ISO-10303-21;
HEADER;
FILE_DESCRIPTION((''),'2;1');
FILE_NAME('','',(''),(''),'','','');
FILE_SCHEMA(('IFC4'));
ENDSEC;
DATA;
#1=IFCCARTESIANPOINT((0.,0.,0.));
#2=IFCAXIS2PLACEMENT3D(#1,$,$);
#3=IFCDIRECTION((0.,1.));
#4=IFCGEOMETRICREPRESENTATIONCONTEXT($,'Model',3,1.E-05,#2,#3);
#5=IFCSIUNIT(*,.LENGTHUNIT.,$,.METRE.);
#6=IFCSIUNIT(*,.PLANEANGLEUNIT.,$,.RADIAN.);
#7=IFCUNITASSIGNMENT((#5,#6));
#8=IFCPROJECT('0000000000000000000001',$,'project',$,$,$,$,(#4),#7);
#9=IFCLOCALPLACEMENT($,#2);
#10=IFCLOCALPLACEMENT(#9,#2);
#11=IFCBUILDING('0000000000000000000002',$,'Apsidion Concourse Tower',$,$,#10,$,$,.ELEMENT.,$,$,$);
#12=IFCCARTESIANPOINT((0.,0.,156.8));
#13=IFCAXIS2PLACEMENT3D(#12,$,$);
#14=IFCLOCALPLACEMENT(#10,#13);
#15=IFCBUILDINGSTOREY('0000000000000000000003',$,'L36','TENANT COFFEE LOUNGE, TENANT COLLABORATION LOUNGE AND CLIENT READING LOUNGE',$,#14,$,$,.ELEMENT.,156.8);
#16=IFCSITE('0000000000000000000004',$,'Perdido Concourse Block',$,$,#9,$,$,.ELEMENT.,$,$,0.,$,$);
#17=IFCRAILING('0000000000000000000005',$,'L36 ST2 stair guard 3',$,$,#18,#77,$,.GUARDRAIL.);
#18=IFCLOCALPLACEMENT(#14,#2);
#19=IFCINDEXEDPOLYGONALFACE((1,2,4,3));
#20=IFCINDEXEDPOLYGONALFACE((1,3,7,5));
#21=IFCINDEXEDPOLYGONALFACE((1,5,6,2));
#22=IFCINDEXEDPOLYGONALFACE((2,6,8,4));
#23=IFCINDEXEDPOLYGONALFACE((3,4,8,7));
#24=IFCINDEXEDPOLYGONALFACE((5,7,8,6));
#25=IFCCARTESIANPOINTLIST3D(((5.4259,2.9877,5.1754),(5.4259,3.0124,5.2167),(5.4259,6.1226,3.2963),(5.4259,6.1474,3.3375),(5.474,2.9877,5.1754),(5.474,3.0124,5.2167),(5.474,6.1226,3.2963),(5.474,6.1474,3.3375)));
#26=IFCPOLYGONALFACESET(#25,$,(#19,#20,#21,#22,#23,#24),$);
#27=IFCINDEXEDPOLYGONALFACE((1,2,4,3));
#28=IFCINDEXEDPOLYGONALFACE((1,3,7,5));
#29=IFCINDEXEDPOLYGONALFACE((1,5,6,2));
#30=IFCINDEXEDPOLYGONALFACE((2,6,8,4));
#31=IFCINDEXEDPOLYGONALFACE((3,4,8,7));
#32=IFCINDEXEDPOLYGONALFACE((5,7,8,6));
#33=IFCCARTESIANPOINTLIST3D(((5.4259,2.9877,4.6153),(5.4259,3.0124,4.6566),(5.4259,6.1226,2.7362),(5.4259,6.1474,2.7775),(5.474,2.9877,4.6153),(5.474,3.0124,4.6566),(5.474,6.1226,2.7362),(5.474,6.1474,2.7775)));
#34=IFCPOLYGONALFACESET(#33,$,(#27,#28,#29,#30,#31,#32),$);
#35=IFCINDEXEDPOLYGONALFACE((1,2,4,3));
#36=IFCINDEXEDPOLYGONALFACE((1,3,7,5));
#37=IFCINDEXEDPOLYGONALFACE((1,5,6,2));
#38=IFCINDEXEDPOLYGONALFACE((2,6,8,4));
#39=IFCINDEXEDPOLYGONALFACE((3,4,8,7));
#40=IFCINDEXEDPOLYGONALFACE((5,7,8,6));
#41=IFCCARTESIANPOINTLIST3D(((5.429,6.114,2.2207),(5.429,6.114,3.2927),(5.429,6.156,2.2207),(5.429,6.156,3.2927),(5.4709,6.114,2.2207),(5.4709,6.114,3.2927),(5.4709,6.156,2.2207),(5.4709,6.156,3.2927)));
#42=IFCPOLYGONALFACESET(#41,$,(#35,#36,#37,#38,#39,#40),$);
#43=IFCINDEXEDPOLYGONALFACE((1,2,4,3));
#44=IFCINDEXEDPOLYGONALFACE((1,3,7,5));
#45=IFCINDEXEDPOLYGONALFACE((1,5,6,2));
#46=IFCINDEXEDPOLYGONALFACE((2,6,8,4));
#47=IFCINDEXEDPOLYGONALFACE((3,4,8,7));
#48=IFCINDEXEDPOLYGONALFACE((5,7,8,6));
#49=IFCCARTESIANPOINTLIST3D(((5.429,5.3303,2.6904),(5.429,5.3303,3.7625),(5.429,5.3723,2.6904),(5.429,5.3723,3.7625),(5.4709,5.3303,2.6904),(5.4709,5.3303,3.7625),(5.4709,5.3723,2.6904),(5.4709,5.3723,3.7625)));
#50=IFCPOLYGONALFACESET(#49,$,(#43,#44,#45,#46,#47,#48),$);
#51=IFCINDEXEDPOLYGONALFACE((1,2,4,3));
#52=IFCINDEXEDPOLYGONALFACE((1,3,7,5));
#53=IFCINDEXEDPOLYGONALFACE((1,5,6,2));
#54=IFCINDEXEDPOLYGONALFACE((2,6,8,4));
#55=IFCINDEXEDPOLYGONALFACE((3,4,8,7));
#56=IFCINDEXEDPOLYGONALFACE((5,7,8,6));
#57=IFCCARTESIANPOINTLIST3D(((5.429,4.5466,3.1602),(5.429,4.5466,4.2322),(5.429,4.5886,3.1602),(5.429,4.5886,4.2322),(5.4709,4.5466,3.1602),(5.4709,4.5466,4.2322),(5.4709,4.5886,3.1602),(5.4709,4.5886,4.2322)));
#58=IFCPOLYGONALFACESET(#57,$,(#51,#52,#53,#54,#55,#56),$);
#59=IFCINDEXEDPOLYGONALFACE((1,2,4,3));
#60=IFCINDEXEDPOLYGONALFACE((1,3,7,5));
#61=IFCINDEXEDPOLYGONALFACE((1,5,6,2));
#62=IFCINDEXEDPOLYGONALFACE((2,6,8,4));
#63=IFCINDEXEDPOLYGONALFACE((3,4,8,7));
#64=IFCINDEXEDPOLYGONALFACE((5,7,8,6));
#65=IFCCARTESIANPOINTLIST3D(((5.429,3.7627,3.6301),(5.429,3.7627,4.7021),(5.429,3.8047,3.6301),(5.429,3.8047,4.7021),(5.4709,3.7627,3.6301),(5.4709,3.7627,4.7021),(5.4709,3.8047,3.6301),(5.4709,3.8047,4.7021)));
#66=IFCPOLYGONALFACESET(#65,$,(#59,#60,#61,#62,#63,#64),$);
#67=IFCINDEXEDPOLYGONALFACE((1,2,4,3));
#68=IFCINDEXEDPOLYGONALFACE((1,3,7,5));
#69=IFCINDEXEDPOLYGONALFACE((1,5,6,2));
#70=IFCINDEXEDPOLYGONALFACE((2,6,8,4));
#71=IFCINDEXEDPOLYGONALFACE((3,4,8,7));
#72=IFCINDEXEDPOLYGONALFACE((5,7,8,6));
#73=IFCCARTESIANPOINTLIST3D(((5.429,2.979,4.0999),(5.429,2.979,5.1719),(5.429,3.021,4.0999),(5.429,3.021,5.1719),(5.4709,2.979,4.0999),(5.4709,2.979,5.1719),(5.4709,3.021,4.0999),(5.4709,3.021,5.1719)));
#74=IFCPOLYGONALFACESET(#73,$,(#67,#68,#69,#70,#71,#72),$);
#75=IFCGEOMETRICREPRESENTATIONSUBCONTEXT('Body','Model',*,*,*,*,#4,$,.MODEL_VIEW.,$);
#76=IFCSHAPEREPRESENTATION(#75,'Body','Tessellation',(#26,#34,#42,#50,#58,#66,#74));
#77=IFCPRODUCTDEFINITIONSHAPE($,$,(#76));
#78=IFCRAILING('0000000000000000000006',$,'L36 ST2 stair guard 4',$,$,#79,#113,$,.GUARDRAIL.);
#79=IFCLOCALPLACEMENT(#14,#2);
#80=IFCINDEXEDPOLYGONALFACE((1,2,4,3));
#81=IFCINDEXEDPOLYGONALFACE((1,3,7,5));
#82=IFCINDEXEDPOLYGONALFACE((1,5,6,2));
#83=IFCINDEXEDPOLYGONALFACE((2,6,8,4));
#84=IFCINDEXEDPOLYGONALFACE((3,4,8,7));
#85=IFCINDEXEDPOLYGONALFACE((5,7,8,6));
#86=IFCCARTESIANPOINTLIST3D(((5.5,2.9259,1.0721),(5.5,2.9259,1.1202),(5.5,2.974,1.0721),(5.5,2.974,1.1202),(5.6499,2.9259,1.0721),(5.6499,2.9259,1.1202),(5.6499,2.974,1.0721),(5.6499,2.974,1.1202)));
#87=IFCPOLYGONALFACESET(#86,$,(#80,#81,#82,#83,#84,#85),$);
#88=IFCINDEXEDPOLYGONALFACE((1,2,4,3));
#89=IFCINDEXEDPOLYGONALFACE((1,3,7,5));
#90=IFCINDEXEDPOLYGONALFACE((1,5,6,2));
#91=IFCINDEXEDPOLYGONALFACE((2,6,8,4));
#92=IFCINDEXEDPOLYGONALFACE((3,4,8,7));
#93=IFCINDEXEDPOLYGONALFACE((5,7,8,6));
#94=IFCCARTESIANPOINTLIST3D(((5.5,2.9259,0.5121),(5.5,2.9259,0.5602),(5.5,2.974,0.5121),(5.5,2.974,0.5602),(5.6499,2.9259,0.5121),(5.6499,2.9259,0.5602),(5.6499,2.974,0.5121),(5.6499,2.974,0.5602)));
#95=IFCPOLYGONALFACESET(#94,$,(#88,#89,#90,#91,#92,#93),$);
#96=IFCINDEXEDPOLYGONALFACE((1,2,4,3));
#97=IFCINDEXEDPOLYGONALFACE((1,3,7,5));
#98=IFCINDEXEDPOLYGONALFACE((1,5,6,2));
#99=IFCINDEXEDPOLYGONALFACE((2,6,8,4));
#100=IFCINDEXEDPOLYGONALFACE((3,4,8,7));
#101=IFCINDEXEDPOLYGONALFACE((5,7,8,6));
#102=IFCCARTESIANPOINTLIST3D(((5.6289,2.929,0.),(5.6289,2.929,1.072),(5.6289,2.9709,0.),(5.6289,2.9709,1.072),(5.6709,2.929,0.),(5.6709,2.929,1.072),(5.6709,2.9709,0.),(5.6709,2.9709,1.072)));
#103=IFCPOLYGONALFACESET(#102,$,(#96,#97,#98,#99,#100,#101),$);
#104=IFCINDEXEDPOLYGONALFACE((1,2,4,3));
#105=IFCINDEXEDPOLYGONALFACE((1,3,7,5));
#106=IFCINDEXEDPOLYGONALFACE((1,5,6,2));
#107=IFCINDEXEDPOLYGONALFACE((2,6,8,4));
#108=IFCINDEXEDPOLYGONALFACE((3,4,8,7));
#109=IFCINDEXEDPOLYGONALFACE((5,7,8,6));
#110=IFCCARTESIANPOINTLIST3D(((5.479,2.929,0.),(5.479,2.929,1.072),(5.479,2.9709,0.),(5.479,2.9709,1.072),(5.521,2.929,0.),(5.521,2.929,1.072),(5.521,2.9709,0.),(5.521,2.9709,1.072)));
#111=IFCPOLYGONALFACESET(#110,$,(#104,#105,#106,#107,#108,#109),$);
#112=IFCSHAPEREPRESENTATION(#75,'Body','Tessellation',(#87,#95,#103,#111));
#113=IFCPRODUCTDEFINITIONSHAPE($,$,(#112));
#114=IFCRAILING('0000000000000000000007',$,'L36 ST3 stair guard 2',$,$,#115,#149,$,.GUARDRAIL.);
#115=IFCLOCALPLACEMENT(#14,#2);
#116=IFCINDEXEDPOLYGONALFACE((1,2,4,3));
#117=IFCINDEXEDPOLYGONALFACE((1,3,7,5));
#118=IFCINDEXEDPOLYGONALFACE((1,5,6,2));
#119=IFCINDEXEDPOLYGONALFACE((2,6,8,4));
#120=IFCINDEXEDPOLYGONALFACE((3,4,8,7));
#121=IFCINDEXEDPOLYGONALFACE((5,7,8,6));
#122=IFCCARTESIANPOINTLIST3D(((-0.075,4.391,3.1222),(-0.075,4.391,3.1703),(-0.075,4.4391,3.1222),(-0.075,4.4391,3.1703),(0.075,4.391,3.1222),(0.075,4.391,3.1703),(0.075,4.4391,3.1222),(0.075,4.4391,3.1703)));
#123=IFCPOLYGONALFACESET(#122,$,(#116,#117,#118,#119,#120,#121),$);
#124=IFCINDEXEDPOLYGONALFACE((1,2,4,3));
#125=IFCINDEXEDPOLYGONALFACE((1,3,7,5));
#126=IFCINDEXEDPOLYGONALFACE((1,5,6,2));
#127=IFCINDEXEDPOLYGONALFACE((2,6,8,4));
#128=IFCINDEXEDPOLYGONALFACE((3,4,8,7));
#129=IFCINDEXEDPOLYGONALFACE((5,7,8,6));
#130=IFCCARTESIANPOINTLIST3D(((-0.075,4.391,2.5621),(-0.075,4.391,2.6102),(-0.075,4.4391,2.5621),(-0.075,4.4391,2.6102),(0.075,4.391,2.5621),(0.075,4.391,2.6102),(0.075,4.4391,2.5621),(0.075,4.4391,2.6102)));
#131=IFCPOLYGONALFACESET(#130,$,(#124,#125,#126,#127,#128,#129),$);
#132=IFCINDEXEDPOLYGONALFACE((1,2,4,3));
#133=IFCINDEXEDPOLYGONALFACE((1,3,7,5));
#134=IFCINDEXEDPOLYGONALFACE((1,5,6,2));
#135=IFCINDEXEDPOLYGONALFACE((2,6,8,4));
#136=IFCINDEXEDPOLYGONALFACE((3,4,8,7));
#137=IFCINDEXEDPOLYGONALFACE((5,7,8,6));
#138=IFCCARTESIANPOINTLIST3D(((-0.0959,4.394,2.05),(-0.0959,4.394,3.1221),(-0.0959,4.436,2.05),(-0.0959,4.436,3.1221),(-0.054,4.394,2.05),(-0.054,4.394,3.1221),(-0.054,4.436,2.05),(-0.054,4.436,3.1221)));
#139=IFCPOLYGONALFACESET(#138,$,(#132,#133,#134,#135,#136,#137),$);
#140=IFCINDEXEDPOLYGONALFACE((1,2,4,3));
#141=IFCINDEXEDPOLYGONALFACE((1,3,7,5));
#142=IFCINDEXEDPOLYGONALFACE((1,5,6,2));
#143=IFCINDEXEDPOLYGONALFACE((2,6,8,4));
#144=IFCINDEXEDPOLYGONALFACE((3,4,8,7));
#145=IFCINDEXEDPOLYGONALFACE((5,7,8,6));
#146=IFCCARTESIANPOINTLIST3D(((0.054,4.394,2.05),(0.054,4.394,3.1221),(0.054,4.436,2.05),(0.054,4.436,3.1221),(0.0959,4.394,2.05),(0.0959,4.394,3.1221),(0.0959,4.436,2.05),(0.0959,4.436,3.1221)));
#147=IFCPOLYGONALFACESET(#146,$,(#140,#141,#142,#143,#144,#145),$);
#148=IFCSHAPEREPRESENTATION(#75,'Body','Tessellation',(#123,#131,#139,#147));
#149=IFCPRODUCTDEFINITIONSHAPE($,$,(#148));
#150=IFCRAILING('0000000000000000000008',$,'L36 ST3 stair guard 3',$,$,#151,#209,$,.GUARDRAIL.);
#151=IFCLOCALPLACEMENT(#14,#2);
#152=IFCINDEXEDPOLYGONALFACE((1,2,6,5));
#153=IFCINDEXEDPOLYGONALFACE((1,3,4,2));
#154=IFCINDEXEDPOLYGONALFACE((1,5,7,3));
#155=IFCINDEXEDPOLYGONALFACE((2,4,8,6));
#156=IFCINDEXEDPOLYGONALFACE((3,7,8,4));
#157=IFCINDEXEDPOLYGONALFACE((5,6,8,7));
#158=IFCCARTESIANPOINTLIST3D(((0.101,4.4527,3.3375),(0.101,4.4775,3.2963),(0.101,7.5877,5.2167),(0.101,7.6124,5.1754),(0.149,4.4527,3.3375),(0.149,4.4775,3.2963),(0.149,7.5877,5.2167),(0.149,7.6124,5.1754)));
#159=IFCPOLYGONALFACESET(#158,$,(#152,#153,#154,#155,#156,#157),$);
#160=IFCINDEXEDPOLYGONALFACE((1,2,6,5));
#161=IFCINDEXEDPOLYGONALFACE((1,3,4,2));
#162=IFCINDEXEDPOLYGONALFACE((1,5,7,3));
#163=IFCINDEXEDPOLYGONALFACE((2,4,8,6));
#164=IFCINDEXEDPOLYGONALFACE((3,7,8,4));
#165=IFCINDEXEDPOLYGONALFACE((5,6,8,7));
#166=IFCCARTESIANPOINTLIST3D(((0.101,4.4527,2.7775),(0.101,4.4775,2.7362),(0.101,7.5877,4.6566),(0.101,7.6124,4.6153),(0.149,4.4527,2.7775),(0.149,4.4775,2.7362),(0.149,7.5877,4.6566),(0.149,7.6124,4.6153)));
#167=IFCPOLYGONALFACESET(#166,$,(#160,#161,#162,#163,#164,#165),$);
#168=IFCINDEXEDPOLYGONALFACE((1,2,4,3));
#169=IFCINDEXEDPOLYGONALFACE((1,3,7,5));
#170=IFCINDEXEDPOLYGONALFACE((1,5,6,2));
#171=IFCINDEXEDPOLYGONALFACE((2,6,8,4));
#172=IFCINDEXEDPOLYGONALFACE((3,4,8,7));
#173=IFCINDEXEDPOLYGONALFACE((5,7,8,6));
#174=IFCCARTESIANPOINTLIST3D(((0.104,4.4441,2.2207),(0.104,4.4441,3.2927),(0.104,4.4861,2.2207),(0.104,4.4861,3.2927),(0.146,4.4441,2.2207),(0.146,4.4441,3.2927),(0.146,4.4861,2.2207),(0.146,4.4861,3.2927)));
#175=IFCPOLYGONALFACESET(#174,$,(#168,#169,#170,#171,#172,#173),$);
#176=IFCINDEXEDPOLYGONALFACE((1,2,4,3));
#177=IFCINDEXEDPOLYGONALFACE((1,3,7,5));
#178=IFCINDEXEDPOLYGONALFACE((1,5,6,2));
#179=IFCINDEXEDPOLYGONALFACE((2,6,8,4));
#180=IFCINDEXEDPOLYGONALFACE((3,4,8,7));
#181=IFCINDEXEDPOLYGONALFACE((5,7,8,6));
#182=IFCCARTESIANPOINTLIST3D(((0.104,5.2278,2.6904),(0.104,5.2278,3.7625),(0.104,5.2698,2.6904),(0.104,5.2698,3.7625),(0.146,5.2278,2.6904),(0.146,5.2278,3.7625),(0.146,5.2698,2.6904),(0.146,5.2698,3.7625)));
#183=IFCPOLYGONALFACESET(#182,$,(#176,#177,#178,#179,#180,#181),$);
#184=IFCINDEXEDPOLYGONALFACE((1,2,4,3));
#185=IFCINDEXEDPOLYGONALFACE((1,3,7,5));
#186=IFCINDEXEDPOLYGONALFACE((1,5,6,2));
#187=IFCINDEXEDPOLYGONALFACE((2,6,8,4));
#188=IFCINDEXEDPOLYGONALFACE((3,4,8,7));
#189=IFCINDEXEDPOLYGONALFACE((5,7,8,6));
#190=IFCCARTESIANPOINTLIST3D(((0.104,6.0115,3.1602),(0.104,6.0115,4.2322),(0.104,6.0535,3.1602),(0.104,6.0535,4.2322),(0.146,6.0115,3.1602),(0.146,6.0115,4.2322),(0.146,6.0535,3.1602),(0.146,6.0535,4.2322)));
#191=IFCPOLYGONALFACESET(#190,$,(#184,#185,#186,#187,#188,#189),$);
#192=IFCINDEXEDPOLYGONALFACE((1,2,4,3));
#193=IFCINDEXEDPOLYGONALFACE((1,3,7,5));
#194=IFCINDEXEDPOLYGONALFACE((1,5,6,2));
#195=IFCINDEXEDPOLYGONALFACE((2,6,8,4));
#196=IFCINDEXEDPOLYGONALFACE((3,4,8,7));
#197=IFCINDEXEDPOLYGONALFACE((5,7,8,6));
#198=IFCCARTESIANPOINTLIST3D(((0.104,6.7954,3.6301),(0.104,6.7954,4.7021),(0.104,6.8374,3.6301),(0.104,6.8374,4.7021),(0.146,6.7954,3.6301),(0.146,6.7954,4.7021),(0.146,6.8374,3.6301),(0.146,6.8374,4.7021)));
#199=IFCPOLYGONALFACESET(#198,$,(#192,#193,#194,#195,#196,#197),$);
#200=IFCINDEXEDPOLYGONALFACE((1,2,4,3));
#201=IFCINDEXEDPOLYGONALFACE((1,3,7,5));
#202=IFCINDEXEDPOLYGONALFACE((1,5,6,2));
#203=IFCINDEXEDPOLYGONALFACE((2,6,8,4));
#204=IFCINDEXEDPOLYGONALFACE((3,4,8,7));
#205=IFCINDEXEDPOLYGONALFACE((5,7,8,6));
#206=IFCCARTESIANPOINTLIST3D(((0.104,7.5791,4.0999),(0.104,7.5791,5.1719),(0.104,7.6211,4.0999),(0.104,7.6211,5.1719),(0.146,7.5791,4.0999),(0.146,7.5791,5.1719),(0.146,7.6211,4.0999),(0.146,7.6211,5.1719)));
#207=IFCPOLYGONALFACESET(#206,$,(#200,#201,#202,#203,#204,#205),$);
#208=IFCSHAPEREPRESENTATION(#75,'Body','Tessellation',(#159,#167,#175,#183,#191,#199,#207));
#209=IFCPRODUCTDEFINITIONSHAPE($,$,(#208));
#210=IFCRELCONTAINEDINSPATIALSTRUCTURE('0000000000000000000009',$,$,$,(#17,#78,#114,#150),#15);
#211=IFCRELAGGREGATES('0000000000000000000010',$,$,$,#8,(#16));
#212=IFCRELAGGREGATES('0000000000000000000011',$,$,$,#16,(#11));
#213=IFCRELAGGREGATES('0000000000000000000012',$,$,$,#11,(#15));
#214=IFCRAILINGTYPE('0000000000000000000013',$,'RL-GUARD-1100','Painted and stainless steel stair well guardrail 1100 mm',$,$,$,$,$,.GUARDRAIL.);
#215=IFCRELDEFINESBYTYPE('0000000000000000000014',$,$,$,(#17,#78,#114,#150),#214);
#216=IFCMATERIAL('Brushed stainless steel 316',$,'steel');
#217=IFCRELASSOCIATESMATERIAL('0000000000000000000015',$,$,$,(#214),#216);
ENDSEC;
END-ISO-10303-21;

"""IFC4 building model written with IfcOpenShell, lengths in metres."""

from ifc_helpers import new_model, si_unit, direction, frame, origin, origin_2d, place, context, subcontext, project, spatial, rectangle, extrude, material, type_object, element, save


model = new_model("IFC4")

# Units and contexts
model_context = context("Model", 3, precision=1e-05, world=origin(), true_north=direction((0.0, 1.0)))
body_context = subcontext(model_context, "Body", "Model", "MODEL_VIEW")
ifc_project = project(units=[si_unit("LENGTHUNIT", "METRE"), si_unit("PLANEANGLEUNIT", "RADIAN")], contexts=[model_context])

# Site, building, storey
site_placement = place(None, origin())
site = spatial("IfcSite", under=ifc_project, at=site_placement, Name="Perdido Concourse Block", CompositionType="ELEMENT", RefElevation=0.0)
building_placement = place(site_placement, origin())
building = spatial("IfcBuilding", under=site, at=building_placement, Name="Apsidion Concourse Tower", CompositionType="ELEMENT")
storey_placement = place(building_placement, frame((0.0, 0.0, 156.8)))
storey = spatial("IfcBuildingStorey", under=building, at=storey_placement, Name="L36", Description="TENANT COFFEE LOUNGE, TENANT COLLABORATION LOUNGE AND CLIENT READING LOUNGE", CompositionType="ELEMENT", Elevation=156.8)

# Railings
ifc_material_1 = material(Name="Brushed stainless steel 316", Category="steel")
railing_type_1 = type_object("IfcRailingType", Name="RL-GUARD-1100", Description="Painted and stainless steel stair well guardrail 1100 mm", PredefinedType="GUARDRAIL", material=ifc_material_1)
railing_1_placement = place(storey_placement, frame((5.45, 6.135, 2.2207)))
element("IfcRailing", 1, at=railing_1_placement, inside=storey, type_object=railing_type_1, Name="L36 ST2 stair guard 3", PredefinedType="GUARDRAIL", context=body_context, shape_type="SweptSolid", body=[
    extrude(rectangle(XDim=0.0481, YDim=0.0481, at=origin_2d()), frame((0.0, 0.0, 1.0962), z_axis=(0.0, -0.857717, 0.514122), x_axis=(1.0, 0.0, 0.0)), (0.0, 0.0, 1.0), 3.655),
    extrude(rectangle(XDim=0.0481, YDim=0.0481, at=origin_2d()), frame((0.0, 0.0, 0.5361), z_axis=(0.0, -0.857717, 0.514122), x_axis=(1.0, 0.0, 0.0)), (0.0, 0.0, 1.0), 3.655),
    extrude(rectangle(XDim=0.042, YDim=0.042, at=origin_2d()), origin(), (0.0, 0.0, 1.0), 1.072),
    extrude(rectangle(XDim=0.042, YDim=0.042, at=origin_2d()), frame((0.0, -0.7837, 0.4697)), (0.0, 0.0, 1.0), 1.072),
    extrude(rectangle(XDim=0.042, YDim=0.042, at=origin_2d()), frame((0.0, -1.5674, 0.9395)), (0.0, 0.0, 1.0), 1.072),
    extrude(rectangle(XDim=0.042, YDim=0.042, at=origin_2d()), frame((0.0, -2.3513, 1.4094)), (0.0, 0.0, 1.0), 1.072),
    extrude(rectangle(XDim=0.042, YDim=0.042, at=origin_2d()), frame((0.0, -3.135, 1.8792)), (0.0, 0.0, 1.0), 1.072),
])
railing_2_placement = place(storey_placement, frame((5.6499, 2.95, 0.0)))
element("IfcRailing", 2, at=railing_2_placement, inside=storey, type_object=railing_type_1, Name="L36 ST2 stair guard 4", PredefinedType="GUARDRAIL", context=body_context, shape_type="SweptSolid", body=[
    extrude(rectangle(XDim=0.0481, YDim=0.0481, at=origin_2d()), frame((0.0, 0.0, 1.0962), z_axis=(-1.0, 0.0, 0.0), x_axis=(0.0, -1.0, 0.0)), (0.0, 0.0, 1.0), 0.1499),
    extrude(rectangle(XDim=0.0481, YDim=0.0481, at=origin_2d()), frame((0.0, 0.0, 0.5361), z_axis=(-1.0, 0.0, 0.0), x_axis=(0.0, -1.0, 0.0)), (0.0, 0.0, 1.0), 0.1499),
    extrude(rectangle(XDim=0.042, YDim=0.042, at=origin_2d()), origin(), (0.0, 0.0, 1.0), 1.072),
    extrude(rectangle(XDim=0.042, YDim=0.042, at=origin_2d()), frame((-0.1499, 0.0, 0.0)), (0.0, 0.0, 1.0), 1.072),
])
railing_3_placement = place(storey_placement, frame((-0.075, 4.415, 2.05)))
element("IfcRailing", 3, at=railing_3_placement, inside=storey, type_object=railing_type_1, Name="L36 ST3 stair guard 2", PredefinedType="GUARDRAIL", context=body_context, shape_type="SweptSolid", body=[
    extrude(rectangle(XDim=0.0481, YDim=0.0481, at=origin_2d()), frame((0.0, 0.0, 1.0962), z_axis=(1.0, 0.0, 0.0), x_axis=(0.0, 1.0, 0.0)), (0.0, 0.0, 1.0), 0.1499),
    extrude(rectangle(XDim=0.0481, YDim=0.0481, at=origin_2d()), frame((0.0, 0.0, 0.5361), z_axis=(1.0, 0.0, 0.0), x_axis=(0.0, 1.0, 0.0)), (0.0, 0.0, 1.0), 0.1499),
    extrude(rectangle(XDim=0.042, YDim=0.042, at=origin_2d()), origin(), (0.0, 0.0, 1.0), 1.072),
    extrude(rectangle(XDim=0.042, YDim=0.042, at=origin_2d()), frame((0.1499, 0.0, 0.0)), (0.0, 0.0, 1.0), 1.072),
])
railing_4_placement = place(storey_placement, frame((0.125, 4.4651, 2.2207)))
element("IfcRailing", 4, at=railing_4_placement, inside=storey, type_object=railing_type_1, Name="L36 ST3 stair guard 3", PredefinedType="GUARDRAIL", context=body_context, shape_type="SweptSolid", body=[
    extrude(rectangle(XDim=0.0481, YDim=0.0481, at=origin_2d()), frame((0.0, 0.0, 1.0962), z_axis=(0.0, 0.857717, 0.514122), x_axis=(-1.0, 0.0, 0.0)), (0.0, 0.0, 1.0), 3.655),
    extrude(rectangle(XDim=0.0481, YDim=0.0481, at=origin_2d()), frame((0.0, 0.0, 0.5361), z_axis=(0.0, 0.857717, 0.514122), x_axis=(-1.0, 0.0, 0.0)), (0.0, 0.0, 1.0), 3.655),
    extrude(rectangle(XDim=0.042, YDim=0.042, at=origin_2d()), origin(), (0.0, 0.0, 1.0), 1.072),
    extrude(rectangle(XDim=0.042, YDim=0.042, at=origin_2d()), frame((0.0, 0.7837, 0.4697)), (0.0, 0.0, 1.0), 1.072),
    extrude(rectangle(XDim=0.042, YDim=0.042, at=origin_2d()), frame((0.0, 1.5674, 0.9395)), (0.0, 0.0, 1.0), 1.072),
    extrude(rectangle(XDim=0.042, YDim=0.042, at=origin_2d()), frame((0.0, 2.3513, 1.4094)), (0.0, 0.0, 1.0), 1.072),
    extrude(rectangle(XDim=0.042, YDim=0.042, at=origin_2d()), frame((0.0, 3.135, 1.8792)), (0.0, 0.0, 1.0), 1.072),
])

save(model, "model.ifc")
